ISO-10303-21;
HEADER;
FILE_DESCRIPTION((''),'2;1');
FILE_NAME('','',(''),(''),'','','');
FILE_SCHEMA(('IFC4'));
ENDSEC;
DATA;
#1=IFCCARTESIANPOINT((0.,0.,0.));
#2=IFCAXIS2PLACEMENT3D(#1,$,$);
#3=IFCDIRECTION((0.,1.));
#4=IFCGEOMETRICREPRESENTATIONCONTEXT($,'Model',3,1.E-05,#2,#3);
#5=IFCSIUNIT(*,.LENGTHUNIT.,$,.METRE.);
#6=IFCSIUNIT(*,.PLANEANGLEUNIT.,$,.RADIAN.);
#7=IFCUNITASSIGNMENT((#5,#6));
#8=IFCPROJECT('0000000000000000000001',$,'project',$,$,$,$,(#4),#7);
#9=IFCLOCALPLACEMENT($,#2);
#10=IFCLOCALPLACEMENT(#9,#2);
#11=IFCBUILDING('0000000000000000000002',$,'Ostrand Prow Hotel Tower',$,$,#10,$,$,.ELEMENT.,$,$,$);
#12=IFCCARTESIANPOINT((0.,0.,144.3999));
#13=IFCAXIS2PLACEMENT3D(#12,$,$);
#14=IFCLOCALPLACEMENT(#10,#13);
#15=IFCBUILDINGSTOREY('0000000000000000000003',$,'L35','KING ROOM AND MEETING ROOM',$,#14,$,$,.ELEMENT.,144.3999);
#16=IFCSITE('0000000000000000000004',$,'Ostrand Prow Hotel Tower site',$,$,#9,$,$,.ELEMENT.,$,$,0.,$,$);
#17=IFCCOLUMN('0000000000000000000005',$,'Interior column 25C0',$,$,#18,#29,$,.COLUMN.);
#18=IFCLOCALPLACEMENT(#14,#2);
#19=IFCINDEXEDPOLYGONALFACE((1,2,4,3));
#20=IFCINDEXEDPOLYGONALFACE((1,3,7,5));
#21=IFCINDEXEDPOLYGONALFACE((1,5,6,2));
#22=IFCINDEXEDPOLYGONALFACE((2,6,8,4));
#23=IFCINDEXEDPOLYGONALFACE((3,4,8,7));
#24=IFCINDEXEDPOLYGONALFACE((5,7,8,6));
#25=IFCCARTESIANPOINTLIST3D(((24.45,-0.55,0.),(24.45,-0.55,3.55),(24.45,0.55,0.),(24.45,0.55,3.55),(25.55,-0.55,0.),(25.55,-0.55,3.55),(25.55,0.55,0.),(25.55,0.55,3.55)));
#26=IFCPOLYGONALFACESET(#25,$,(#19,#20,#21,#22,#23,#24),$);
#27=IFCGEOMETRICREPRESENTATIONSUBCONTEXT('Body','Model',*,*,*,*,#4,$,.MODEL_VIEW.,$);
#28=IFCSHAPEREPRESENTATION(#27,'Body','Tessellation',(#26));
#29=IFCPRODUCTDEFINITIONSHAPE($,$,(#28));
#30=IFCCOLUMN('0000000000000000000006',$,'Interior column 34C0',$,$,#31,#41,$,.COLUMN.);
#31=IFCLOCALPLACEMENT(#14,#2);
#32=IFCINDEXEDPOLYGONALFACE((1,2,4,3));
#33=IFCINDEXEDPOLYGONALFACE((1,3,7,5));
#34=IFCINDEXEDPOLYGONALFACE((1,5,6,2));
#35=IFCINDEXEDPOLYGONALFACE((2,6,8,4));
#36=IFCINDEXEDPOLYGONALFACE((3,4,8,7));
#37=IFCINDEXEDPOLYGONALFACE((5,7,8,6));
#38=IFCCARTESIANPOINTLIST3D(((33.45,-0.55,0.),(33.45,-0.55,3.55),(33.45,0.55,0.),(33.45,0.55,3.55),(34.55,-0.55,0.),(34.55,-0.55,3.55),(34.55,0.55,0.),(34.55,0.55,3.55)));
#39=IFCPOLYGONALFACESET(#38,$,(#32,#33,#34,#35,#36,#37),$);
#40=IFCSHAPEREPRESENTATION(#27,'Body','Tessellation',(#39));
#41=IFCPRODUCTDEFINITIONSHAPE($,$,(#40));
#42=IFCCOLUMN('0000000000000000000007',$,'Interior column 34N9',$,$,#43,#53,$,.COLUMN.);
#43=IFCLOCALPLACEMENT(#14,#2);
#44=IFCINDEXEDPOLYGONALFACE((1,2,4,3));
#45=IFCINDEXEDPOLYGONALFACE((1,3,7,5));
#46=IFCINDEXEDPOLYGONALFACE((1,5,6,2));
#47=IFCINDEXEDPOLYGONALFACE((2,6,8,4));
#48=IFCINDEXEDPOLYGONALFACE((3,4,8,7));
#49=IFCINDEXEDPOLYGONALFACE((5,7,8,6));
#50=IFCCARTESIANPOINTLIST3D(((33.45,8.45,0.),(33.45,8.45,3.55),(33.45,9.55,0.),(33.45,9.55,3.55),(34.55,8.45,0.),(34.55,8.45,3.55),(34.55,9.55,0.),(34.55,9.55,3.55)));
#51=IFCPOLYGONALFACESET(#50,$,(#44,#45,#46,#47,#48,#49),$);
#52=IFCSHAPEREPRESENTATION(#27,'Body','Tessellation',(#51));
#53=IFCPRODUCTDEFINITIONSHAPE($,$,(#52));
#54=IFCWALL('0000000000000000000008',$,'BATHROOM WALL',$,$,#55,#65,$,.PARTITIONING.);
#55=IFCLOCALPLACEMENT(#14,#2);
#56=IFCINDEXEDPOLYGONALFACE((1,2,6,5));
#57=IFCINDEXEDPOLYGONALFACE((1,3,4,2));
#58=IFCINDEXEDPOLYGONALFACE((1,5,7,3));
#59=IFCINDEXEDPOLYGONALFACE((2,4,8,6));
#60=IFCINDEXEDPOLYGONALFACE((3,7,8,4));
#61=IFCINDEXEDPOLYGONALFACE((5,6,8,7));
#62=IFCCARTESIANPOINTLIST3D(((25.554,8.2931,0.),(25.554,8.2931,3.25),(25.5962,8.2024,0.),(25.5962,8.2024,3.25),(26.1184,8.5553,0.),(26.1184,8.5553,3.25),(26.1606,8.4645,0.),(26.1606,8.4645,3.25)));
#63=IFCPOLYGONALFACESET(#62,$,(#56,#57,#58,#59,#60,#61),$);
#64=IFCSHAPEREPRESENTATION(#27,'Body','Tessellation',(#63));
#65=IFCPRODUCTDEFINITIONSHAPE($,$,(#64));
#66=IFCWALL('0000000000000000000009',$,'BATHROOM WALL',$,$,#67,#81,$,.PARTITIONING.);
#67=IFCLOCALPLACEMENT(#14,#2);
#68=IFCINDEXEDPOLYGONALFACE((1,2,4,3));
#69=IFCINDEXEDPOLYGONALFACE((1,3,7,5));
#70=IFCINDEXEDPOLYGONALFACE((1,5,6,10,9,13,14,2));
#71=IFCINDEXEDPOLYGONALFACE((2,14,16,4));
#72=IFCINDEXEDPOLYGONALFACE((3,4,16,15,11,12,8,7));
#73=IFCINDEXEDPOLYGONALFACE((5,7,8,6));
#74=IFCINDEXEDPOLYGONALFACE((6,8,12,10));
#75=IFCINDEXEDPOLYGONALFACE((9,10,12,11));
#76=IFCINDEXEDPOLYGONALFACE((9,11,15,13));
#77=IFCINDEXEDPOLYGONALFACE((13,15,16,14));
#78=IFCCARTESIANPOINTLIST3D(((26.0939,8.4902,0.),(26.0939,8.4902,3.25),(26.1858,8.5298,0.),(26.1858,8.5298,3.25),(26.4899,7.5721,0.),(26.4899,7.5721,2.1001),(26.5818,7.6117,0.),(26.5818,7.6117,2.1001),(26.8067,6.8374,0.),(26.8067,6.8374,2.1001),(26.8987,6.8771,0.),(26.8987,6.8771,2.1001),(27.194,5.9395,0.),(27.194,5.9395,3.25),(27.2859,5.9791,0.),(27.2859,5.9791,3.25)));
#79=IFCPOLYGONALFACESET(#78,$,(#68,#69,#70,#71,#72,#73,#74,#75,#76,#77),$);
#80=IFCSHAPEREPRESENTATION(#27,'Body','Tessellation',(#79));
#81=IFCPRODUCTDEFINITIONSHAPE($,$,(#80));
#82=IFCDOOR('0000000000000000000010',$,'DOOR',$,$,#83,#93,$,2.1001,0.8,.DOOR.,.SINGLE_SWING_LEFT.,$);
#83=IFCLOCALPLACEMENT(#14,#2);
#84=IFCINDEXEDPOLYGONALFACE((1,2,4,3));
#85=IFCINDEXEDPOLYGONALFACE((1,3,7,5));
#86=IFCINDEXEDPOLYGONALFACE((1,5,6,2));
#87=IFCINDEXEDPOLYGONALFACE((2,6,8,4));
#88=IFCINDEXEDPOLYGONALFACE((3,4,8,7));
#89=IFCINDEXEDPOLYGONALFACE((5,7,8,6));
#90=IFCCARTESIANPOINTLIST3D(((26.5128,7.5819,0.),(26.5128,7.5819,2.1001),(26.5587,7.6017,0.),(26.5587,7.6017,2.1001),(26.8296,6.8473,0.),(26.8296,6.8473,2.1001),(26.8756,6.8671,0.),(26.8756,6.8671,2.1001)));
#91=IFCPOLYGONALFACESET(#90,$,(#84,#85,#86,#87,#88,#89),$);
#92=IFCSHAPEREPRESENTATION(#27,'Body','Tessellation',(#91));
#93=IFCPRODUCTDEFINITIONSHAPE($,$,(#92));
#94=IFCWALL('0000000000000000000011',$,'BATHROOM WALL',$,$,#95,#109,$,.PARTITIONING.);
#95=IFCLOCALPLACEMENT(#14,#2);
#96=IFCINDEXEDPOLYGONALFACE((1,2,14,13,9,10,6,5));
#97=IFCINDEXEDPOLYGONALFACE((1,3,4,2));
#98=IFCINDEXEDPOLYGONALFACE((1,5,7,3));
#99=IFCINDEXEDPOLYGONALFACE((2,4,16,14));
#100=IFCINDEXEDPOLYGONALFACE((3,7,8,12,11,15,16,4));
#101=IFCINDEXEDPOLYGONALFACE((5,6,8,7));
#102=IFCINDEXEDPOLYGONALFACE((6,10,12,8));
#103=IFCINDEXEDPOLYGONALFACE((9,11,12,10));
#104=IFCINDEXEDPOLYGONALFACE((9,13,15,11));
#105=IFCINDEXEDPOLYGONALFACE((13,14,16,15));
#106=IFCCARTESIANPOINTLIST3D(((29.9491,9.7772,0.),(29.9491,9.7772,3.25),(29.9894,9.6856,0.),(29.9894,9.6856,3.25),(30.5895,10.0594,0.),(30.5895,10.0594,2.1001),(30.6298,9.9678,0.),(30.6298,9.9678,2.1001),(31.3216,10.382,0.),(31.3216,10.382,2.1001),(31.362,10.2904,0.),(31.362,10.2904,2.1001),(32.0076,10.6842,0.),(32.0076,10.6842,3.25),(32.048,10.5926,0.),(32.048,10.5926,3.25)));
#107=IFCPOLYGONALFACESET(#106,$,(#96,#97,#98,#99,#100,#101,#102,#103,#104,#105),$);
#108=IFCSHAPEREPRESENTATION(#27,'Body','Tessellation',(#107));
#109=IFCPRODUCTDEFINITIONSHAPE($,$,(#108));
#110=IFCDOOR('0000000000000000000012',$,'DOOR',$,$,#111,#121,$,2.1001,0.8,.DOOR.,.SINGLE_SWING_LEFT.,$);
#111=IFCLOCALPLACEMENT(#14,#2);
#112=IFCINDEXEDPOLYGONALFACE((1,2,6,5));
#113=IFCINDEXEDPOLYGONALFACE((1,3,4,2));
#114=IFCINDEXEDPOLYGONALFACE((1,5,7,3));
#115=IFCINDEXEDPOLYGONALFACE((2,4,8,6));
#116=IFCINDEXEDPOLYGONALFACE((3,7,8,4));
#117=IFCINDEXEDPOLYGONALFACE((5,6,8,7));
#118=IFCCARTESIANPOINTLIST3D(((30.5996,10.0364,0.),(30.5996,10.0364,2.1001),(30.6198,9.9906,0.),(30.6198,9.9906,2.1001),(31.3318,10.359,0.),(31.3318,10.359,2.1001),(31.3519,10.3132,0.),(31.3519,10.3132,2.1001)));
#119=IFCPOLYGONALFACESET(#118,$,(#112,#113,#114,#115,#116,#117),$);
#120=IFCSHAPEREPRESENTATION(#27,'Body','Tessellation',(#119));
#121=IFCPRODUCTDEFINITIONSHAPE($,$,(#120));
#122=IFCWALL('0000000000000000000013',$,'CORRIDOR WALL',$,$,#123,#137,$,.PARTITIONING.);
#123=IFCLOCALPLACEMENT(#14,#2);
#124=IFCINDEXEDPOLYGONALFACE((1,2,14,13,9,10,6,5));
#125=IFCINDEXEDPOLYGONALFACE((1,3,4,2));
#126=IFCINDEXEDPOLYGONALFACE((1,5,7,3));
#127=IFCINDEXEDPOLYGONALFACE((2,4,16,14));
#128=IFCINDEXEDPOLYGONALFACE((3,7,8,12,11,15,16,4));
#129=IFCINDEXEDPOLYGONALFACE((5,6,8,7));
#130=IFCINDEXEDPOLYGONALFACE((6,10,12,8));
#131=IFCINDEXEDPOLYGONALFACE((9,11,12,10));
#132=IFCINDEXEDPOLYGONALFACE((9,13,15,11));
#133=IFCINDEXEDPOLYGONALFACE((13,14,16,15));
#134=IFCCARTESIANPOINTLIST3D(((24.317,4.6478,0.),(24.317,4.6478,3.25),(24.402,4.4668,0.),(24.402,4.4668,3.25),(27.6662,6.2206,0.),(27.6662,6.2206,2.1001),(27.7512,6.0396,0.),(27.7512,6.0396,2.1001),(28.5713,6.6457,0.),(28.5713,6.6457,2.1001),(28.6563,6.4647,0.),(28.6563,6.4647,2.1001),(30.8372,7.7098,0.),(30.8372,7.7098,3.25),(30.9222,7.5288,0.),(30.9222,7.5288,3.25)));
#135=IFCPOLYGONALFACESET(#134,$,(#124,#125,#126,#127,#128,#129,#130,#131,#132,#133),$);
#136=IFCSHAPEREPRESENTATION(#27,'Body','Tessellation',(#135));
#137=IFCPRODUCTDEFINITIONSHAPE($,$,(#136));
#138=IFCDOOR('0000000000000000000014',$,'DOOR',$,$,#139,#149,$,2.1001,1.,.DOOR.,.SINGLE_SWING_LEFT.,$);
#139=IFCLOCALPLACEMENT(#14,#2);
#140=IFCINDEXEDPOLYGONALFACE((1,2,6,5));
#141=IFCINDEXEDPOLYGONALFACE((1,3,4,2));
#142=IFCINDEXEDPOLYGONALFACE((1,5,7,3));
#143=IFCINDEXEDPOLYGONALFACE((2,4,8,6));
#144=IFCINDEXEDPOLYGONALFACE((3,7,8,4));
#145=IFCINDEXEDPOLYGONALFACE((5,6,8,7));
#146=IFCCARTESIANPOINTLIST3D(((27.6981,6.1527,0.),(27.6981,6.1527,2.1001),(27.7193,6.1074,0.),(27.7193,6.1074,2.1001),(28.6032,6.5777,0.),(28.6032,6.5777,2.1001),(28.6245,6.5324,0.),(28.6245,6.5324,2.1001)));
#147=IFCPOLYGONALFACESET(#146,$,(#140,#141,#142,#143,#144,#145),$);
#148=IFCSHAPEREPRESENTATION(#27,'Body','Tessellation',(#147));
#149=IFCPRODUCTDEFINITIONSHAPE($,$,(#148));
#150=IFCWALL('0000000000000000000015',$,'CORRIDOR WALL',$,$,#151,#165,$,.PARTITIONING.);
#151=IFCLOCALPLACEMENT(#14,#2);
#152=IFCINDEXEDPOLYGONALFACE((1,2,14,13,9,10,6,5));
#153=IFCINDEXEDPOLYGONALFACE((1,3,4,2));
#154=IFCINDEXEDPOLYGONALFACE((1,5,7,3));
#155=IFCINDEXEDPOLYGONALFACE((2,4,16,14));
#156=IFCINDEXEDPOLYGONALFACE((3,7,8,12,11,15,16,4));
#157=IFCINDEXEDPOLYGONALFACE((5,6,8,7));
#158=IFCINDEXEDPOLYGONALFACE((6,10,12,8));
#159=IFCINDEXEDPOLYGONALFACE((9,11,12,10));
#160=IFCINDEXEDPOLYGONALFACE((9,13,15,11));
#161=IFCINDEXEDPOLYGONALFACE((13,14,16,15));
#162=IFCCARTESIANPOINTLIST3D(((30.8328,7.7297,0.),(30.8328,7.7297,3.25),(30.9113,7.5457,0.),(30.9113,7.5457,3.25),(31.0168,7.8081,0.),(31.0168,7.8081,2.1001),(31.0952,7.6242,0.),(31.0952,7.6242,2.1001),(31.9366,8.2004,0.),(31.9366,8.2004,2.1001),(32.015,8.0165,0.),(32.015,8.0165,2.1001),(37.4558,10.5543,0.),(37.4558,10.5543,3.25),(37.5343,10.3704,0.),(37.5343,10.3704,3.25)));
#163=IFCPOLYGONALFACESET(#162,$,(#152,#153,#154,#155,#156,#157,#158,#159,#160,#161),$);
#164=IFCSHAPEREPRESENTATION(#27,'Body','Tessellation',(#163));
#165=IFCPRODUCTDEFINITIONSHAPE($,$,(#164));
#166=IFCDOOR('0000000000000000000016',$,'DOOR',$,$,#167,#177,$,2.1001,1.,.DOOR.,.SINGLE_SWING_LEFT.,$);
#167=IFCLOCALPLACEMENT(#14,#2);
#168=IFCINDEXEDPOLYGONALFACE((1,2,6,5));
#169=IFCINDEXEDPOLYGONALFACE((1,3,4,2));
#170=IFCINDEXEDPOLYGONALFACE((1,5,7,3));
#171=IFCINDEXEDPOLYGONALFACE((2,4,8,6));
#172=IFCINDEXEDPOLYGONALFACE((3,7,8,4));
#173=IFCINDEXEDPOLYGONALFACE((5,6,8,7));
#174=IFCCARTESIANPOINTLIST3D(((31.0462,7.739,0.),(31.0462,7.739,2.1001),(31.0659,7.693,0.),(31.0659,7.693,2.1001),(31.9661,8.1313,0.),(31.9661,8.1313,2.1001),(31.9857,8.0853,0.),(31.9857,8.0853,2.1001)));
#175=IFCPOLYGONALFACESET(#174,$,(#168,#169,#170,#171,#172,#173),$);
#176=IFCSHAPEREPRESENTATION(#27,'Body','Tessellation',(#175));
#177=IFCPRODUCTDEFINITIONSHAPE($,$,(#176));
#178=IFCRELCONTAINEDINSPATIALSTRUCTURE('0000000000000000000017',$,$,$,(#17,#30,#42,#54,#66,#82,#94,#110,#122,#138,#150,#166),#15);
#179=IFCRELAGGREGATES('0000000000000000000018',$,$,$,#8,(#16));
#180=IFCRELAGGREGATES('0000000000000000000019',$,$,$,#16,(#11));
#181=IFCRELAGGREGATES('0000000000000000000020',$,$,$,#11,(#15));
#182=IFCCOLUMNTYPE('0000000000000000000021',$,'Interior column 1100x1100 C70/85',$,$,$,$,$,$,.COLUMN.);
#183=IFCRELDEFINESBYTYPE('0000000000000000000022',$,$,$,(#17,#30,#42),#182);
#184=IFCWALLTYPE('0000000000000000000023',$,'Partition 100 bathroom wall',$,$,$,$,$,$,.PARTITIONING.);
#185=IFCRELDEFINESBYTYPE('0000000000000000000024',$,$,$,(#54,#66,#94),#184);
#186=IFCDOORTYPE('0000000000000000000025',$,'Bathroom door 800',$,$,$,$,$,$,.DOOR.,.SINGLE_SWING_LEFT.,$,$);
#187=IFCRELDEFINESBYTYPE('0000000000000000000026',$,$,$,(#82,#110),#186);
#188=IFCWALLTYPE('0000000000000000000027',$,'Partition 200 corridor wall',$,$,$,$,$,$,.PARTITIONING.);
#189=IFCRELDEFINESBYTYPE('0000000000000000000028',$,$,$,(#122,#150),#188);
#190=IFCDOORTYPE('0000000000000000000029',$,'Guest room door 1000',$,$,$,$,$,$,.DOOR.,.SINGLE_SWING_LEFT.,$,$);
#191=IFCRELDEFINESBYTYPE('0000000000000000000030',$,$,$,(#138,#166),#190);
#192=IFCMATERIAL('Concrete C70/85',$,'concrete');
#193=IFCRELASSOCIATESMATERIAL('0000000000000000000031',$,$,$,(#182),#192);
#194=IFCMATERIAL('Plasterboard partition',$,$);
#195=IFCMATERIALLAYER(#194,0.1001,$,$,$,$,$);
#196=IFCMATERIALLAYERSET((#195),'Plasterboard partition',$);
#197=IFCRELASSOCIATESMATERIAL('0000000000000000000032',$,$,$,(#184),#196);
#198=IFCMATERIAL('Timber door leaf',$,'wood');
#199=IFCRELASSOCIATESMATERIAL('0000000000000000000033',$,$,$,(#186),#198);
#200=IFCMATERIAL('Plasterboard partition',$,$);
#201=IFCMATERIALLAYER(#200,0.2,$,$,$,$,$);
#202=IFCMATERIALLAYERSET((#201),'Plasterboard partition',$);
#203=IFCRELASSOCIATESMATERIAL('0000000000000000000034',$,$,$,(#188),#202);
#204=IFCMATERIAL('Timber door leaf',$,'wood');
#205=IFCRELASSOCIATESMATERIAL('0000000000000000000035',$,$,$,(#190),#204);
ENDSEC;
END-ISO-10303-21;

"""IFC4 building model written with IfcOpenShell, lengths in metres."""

from ifc_helpers import new_model, si_unit, direction, frame, frame_2d, origin, origin_2d, place, context, subcontext, project, spatial, rectangle, extrude, material, layer, layer_set, material_profile, profile_set, type_object, element, fill, save


model = new_model("IFC4")

# Units and contexts
model_context = context("Model", 3, precision=1e-05, world=origin(), true_north=direction((0.0, 1.0)))
body_context = subcontext(model_context, "Body", "Model", "MODEL_VIEW")
ifc_project = project(units=[si_unit("LENGTHUNIT", "METRE"), si_unit("PLANEANGLEUNIT", "RADIAN")], contexts=[model_context])

# Site, building, storey
site_placement = place(None, origin())
site = spatial("IfcSite", under=ifc_project, at=site_placement, Name="Ostrand Prow Hotel Tower site", CompositionType="ELEMENT", RefElevation=0.0)
building_placement = place(site_placement, origin())
building = spatial("IfcBuilding", under=site, at=building_placement, Name="Ostrand Prow Hotel Tower", CompositionType="ELEMENT")
storey_placement = place(building_placement, frame((0.0, 0.0, 144.3999)))
storey = spatial("IfcBuildingStorey", under=building, at=storey_placement, Name="L35", Description="KING ROOM AND MEETING ROOM", CompositionType="ELEMENT", Elevation=144.3999)

# Columns
ifc_material_1 = material(Name="Concrete C70/85", Category="concrete")
ifc_material_profile = material_profile(ifc_material_1, rectangle(XDim=1.1001, YDim=1.1001, at=origin_2d()), Name="RC 1100x1100")
ifc_profile_set = profile_set([ifc_material_profile], Name="Concrete C70/85")
column_type = type_object("IfcColumnType", Name="Interior column 1100x1100 C70/85", PredefinedType="COLUMN", material=ifc_profile_set)
for number, where, z_axis, x_axis, name in (
    (1, (25.0, 0.0, 0.0), (0.0, 0.0, 1.0), (1.0, 0.0, 0.0), "Interior column 25C0"),
    (2, (34.0, 0.0, 0.0), (0.0, 0.0, 1.0), (1.0, 0.0, 0.0), "Interior column 34C0"),
    (3, (34.0, 9.0, 0.0), (0.0, 0.0, 1.0), (1.0, 0.0, 0.0), "Interior column 34N9"),
):
    element("IfcColumn", number, at=place(storey_placement, frame(where, z_axis=z_axis, x_axis=x_axis)), inside=storey, type_object=column_type, Name=name, PredefinedType="COLUMN", context=body_context, shape_type="SweptSolid", body=[
        extrude(rectangle(XDim=1.1001, YDim=1.1001, at=origin_2d()), origin(), (0.0, 0.0, 1.0), 3.55),
    ])

# Wall
ifc_material_2 = material(Name="Plasterboard partition")
ifc_layer_1 = layer(ifc_material_2, 0.1001)
ifc_layer_set_1 = layer_set([ifc_layer_1], Name="Plasterboard partition")
wall_type_1 = type_object("IfcWallType", Name="Partition 100 bathroom wall", PredefinedType="PARTITIONING", material=ifc_layer_set_1)
wall_1_placement = place(storey_placement, frame((25.5752, 8.2478, 0.0), z_axis=(0.0, 0.0, 1.0), x_axis=(0.906923, 0.421296, 0.0)))
element("IfcWall", 4, at=wall_1_placement, inside=storey, type_object=wall_type_1, Name="BATHROOM WALL", PredefinedType="PARTITIONING", context=body_context, shape_type="SweptSolid", body=[
    extrude(rectangle(XDim=0.6223, YDim=0.1001, at=frame_2d((0.311, 0.0))), origin(), (0.0, 0.0, 1.0), 3.25),
])

# Walls, openings, doors
wall_2_placement = place(storey_placement, frame((26.1399, 8.51, 0.0), z_axis=(0.0, 0.0, 1.0), x_axis=(0.396018, -0.918243, 0.0)))
wall_2 = element("IfcWall", 5, at=wall_2_placement, inside=storey, type_object=wall_type_1, Name="BATHROOM WALL", PredefinedType="PARTITIONING", context=body_context, shape_type="SweptSolid", body=[
    extrude(rectangle(XDim=2.7778, YDim=0.1001, at=frame_2d((1.3889, 0.0))), origin(), (0.0, 0.0, 1.0), 3.25),
])
opening_1_placement = place(wall_2_placement, frame((1.0, 0.0, 0.0)))
opening_1 = element("IfcOpeningElement", 6, at=opening_1_placement, cuts=wall_2, PredefinedType="OPENING", context=body_context, shape_type="SweptSolid", body=[
    extrude(rectangle(XDim=0.8, YDim=2.1001, at=frame_2d((0.3999, 1.05))), frame((0.0, 0.0601, 0.0), z_axis=(0.0, -1.0, 0.0), x_axis=(1.0, 0.0, 0.0)), (0.0, 0.0, 1.0), 0.1201),
])
ifc_material_3 = material(Name="Timber door leaf", Category="wood")
door_type_1 = type_object("IfcDoorType", Name="Bathroom door 800", OperationType="SINGLE_SWING_LEFT", PredefinedType="DOOR", material=ifc_material_3)
door_1_placement = place(opening_1_placement, origin())
door_1 = element("IfcDoor", 7, at=door_1_placement, inside=storey, type_object=door_type_1, Name="DOOR", OperationType="SINGLE_SWING_LEFT", OverallHeight=2.1001, OverallWidth=0.8, PredefinedType="DOOR", context=body_context, shape_type="SweptSolid", body=[
    extrude(rectangle(XDim=0.8, YDim=2.1001, at=frame_2d((0.3999, 1.05))), frame((0.0, 0.0249, 0.0), z_axis=(0.0, -1.0, 0.0), x_axis=(1.0, 0.0, 0.0)), (0.0, 0.0, 1.0), 0.05),
])
fill(opening_1, door_1)
wall_3_placement = place(storey_placement, frame((29.9692, 9.7314, 0.0), z_axis=(0.0, 0.0, 1.0), x_axis=(0.915118, 0.403186, 0.0)))
wall_3 = element("IfcWall", 8, at=wall_3_placement, inside=storey, type_object=wall_type_1, Name="BATHROOM WALL", PredefinedType="PARTITIONING", context=body_context, shape_type="SweptSolid", body=[
    extrude(rectangle(XDim=2.2495, YDim=0.1001, at=frame_2d((1.1248, 0.0))), origin(), (0.0, 0.0, 1.0), 3.25),
])
opening_2_placement = place(wall_3_placement, frame((0.7, 0.0, 0.0)))
opening_2 = element("IfcOpeningElement", 9, at=opening_2_placement, cuts=wall_3, PredefinedType="OPENING", context=body_context, shape_type="SweptSolid", body=[
    extrude(rectangle(XDim=0.8, YDim=2.1001, at=frame_2d((0.3999, 1.05))), frame((0.0, 0.0601, 0.0), z_axis=(0.0, -1.0, 0.0), x_axis=(1.0, 0.0, 0.0)), (0.0, 0.0, 1.0), 0.1201),
])
door_2_placement = place(opening_2_placement, origin())
door_2 = element("IfcDoor", 10, at=door_2_placement, inside=storey, type_object=door_type_1, Name="DOOR", OperationType="SINGLE_SWING_LEFT", OverallHeight=2.1001, OverallWidth=0.8, PredefinedType="DOOR", context=body_context, shape_type="SweptSolid", body=[
    extrude(rectangle(XDim=0.8, YDim=2.1001, at=frame_2d((0.3999, 1.05))), frame((0.0, 0.0249, 0.0), z_axis=(0.0, -1.0, 0.0), x_axis=(1.0, 0.0, 0.0)), (0.0, 0.0, 1.0), 0.05),
])
fill(opening_2, door_2)
ifc_material_4 = material(Name="Plasterboard partition")
ifc_layer_2 = layer(ifc_material_4, 0.2)
ifc_layer_set_2 = layer_set([ifc_layer_2], Name="Plasterboard partition")
wall_type_2 = type_object("IfcWallType", Name="Partition 200 corridor wall", PredefinedType="PARTITIONING", material=ifc_layer_set_2)
wall_4_placement = place(storey_placement, frame((24.3596, 4.5574, 0.0), z_axis=(0.0, 0.0, 1.0), x_axis=(0.905158, 0.425075, 0.0)))
wall_4 = element("IfcWall", 11, at=wall_4_placement, inside=storey, type_object=wall_type_2, Name="CORRIDOR WALL", PredefinedType="PARTITIONING", context=body_context, shape_type="SweptSolid", body=[
    extrude(rectangle(XDim=7.2034, YDim=0.2, at=frame_2d((3.6016, 0.0))), origin(), (0.0, 0.0, 1.0), 3.25),
])
opening_3_placement = place(wall_4_placement, frame((3.7, 0.0, 0.0)))
opening_3 = element("IfcOpeningElement", 12, at=opening_3_placement, cuts=wall_4, PredefinedType="OPENING", context=body_context, shape_type="SweptSolid", body=[
    extrude(rectangle(XDim=1.0, YDim=2.1001, at=frame_2d((0.5, 1.05))), frame((0.0, 0.1099, 0.0), z_axis=(0.0, -1.0, 0.0), x_axis=(1.0, 0.0, 0.0)), (0.0, 0.0, 1.0), 0.22),
])
ifc_material_5 = material(Name="Timber door leaf", Category="wood")
door_type_2 = type_object("IfcDoorType", Name="Guest room door 1000", OperationType="SINGLE_SWING_LEFT", PredefinedType="DOOR", material=ifc_material_5)
door_3_placement = place(opening_3_placement, origin())
door_3 = element("IfcDoor", 13, at=door_3_placement, inside=storey, type_object=door_type_2, Name="DOOR", OperationType="SINGLE_SWING_LEFT", OverallHeight=2.1001, OverallWidth=1.0, PredefinedType="DOOR", context=body_context, shape_type="SweptSolid", body=[
    extrude(rectangle(XDim=1.0, YDim=2.1001, at=frame_2d((0.5, 1.05))), frame((0.0, 0.0249, 0.0), z_axis=(0.0, -1.0, 0.0), x_axis=(1.0, 0.0, 0.0)), (0.0, 0.0, 1.0), 0.05),
])
fill(opening_3, door_3)
wall_5_placement = place(storey_placement, frame((30.8721, 7.6377, 0.0), z_axis=(0.0, 0.0, 1.0), x_axis=(0.919835, 0.392306, 0.0)))
wall_5 = element("IfcWall", 14, at=wall_5_placement, inside=storey, type_object=wall_type_2, Name="CORRIDOR WALL", PredefinedType="PARTITIONING", context=body_context, shape_type="SweptSolid", body=[
    extrude(rectangle(XDim=7.2002, YDim=0.2, at=frame_2d((3.6001, 0.0))), origin(), (0.0, 0.0, 1.0), 3.25),
])
opening_4_placement = place(wall_5_placement, frame((0.2, 0.0, 0.0)))
opening_4 = element("IfcOpeningElement", 15, at=opening_4_placement, cuts=wall_5, PredefinedType="OPENING", context=body_context, shape_type="SweptSolid", body=[
    extrude(rectangle(XDim=1.0, YDim=2.1001, at=frame_2d((0.5, 1.05))), frame((0.0, 0.1099, 0.0), z_axis=(0.0, -1.0, 0.0), x_axis=(1.0, 0.0, 0.0)), (0.0, 0.0, 1.0), 0.22),
])
door_4_placement = place(opening_4_placement, origin())
door_4 = element("IfcDoor", 16, at=door_4_placement, inside=storey, type_object=door_type_2, Name="DOOR", OperationType="SINGLE_SWING_LEFT", OverallHeight=2.1001, OverallWidth=1.0, PredefinedType="DOOR", context=body_context, shape_type="SweptSolid", body=[
    extrude(rectangle(XDim=1.0, YDim=2.1001, at=frame_2d((0.5, 1.05))), frame((0.0, 0.0249, 0.0), z_axis=(0.0, -1.0, 0.0), x_axis=(1.0, 0.0, 0.0)), (0.0, 0.0, 1.0), 0.05),
])
fill(opening_4, door_4)

save(model, "model.ifc")
